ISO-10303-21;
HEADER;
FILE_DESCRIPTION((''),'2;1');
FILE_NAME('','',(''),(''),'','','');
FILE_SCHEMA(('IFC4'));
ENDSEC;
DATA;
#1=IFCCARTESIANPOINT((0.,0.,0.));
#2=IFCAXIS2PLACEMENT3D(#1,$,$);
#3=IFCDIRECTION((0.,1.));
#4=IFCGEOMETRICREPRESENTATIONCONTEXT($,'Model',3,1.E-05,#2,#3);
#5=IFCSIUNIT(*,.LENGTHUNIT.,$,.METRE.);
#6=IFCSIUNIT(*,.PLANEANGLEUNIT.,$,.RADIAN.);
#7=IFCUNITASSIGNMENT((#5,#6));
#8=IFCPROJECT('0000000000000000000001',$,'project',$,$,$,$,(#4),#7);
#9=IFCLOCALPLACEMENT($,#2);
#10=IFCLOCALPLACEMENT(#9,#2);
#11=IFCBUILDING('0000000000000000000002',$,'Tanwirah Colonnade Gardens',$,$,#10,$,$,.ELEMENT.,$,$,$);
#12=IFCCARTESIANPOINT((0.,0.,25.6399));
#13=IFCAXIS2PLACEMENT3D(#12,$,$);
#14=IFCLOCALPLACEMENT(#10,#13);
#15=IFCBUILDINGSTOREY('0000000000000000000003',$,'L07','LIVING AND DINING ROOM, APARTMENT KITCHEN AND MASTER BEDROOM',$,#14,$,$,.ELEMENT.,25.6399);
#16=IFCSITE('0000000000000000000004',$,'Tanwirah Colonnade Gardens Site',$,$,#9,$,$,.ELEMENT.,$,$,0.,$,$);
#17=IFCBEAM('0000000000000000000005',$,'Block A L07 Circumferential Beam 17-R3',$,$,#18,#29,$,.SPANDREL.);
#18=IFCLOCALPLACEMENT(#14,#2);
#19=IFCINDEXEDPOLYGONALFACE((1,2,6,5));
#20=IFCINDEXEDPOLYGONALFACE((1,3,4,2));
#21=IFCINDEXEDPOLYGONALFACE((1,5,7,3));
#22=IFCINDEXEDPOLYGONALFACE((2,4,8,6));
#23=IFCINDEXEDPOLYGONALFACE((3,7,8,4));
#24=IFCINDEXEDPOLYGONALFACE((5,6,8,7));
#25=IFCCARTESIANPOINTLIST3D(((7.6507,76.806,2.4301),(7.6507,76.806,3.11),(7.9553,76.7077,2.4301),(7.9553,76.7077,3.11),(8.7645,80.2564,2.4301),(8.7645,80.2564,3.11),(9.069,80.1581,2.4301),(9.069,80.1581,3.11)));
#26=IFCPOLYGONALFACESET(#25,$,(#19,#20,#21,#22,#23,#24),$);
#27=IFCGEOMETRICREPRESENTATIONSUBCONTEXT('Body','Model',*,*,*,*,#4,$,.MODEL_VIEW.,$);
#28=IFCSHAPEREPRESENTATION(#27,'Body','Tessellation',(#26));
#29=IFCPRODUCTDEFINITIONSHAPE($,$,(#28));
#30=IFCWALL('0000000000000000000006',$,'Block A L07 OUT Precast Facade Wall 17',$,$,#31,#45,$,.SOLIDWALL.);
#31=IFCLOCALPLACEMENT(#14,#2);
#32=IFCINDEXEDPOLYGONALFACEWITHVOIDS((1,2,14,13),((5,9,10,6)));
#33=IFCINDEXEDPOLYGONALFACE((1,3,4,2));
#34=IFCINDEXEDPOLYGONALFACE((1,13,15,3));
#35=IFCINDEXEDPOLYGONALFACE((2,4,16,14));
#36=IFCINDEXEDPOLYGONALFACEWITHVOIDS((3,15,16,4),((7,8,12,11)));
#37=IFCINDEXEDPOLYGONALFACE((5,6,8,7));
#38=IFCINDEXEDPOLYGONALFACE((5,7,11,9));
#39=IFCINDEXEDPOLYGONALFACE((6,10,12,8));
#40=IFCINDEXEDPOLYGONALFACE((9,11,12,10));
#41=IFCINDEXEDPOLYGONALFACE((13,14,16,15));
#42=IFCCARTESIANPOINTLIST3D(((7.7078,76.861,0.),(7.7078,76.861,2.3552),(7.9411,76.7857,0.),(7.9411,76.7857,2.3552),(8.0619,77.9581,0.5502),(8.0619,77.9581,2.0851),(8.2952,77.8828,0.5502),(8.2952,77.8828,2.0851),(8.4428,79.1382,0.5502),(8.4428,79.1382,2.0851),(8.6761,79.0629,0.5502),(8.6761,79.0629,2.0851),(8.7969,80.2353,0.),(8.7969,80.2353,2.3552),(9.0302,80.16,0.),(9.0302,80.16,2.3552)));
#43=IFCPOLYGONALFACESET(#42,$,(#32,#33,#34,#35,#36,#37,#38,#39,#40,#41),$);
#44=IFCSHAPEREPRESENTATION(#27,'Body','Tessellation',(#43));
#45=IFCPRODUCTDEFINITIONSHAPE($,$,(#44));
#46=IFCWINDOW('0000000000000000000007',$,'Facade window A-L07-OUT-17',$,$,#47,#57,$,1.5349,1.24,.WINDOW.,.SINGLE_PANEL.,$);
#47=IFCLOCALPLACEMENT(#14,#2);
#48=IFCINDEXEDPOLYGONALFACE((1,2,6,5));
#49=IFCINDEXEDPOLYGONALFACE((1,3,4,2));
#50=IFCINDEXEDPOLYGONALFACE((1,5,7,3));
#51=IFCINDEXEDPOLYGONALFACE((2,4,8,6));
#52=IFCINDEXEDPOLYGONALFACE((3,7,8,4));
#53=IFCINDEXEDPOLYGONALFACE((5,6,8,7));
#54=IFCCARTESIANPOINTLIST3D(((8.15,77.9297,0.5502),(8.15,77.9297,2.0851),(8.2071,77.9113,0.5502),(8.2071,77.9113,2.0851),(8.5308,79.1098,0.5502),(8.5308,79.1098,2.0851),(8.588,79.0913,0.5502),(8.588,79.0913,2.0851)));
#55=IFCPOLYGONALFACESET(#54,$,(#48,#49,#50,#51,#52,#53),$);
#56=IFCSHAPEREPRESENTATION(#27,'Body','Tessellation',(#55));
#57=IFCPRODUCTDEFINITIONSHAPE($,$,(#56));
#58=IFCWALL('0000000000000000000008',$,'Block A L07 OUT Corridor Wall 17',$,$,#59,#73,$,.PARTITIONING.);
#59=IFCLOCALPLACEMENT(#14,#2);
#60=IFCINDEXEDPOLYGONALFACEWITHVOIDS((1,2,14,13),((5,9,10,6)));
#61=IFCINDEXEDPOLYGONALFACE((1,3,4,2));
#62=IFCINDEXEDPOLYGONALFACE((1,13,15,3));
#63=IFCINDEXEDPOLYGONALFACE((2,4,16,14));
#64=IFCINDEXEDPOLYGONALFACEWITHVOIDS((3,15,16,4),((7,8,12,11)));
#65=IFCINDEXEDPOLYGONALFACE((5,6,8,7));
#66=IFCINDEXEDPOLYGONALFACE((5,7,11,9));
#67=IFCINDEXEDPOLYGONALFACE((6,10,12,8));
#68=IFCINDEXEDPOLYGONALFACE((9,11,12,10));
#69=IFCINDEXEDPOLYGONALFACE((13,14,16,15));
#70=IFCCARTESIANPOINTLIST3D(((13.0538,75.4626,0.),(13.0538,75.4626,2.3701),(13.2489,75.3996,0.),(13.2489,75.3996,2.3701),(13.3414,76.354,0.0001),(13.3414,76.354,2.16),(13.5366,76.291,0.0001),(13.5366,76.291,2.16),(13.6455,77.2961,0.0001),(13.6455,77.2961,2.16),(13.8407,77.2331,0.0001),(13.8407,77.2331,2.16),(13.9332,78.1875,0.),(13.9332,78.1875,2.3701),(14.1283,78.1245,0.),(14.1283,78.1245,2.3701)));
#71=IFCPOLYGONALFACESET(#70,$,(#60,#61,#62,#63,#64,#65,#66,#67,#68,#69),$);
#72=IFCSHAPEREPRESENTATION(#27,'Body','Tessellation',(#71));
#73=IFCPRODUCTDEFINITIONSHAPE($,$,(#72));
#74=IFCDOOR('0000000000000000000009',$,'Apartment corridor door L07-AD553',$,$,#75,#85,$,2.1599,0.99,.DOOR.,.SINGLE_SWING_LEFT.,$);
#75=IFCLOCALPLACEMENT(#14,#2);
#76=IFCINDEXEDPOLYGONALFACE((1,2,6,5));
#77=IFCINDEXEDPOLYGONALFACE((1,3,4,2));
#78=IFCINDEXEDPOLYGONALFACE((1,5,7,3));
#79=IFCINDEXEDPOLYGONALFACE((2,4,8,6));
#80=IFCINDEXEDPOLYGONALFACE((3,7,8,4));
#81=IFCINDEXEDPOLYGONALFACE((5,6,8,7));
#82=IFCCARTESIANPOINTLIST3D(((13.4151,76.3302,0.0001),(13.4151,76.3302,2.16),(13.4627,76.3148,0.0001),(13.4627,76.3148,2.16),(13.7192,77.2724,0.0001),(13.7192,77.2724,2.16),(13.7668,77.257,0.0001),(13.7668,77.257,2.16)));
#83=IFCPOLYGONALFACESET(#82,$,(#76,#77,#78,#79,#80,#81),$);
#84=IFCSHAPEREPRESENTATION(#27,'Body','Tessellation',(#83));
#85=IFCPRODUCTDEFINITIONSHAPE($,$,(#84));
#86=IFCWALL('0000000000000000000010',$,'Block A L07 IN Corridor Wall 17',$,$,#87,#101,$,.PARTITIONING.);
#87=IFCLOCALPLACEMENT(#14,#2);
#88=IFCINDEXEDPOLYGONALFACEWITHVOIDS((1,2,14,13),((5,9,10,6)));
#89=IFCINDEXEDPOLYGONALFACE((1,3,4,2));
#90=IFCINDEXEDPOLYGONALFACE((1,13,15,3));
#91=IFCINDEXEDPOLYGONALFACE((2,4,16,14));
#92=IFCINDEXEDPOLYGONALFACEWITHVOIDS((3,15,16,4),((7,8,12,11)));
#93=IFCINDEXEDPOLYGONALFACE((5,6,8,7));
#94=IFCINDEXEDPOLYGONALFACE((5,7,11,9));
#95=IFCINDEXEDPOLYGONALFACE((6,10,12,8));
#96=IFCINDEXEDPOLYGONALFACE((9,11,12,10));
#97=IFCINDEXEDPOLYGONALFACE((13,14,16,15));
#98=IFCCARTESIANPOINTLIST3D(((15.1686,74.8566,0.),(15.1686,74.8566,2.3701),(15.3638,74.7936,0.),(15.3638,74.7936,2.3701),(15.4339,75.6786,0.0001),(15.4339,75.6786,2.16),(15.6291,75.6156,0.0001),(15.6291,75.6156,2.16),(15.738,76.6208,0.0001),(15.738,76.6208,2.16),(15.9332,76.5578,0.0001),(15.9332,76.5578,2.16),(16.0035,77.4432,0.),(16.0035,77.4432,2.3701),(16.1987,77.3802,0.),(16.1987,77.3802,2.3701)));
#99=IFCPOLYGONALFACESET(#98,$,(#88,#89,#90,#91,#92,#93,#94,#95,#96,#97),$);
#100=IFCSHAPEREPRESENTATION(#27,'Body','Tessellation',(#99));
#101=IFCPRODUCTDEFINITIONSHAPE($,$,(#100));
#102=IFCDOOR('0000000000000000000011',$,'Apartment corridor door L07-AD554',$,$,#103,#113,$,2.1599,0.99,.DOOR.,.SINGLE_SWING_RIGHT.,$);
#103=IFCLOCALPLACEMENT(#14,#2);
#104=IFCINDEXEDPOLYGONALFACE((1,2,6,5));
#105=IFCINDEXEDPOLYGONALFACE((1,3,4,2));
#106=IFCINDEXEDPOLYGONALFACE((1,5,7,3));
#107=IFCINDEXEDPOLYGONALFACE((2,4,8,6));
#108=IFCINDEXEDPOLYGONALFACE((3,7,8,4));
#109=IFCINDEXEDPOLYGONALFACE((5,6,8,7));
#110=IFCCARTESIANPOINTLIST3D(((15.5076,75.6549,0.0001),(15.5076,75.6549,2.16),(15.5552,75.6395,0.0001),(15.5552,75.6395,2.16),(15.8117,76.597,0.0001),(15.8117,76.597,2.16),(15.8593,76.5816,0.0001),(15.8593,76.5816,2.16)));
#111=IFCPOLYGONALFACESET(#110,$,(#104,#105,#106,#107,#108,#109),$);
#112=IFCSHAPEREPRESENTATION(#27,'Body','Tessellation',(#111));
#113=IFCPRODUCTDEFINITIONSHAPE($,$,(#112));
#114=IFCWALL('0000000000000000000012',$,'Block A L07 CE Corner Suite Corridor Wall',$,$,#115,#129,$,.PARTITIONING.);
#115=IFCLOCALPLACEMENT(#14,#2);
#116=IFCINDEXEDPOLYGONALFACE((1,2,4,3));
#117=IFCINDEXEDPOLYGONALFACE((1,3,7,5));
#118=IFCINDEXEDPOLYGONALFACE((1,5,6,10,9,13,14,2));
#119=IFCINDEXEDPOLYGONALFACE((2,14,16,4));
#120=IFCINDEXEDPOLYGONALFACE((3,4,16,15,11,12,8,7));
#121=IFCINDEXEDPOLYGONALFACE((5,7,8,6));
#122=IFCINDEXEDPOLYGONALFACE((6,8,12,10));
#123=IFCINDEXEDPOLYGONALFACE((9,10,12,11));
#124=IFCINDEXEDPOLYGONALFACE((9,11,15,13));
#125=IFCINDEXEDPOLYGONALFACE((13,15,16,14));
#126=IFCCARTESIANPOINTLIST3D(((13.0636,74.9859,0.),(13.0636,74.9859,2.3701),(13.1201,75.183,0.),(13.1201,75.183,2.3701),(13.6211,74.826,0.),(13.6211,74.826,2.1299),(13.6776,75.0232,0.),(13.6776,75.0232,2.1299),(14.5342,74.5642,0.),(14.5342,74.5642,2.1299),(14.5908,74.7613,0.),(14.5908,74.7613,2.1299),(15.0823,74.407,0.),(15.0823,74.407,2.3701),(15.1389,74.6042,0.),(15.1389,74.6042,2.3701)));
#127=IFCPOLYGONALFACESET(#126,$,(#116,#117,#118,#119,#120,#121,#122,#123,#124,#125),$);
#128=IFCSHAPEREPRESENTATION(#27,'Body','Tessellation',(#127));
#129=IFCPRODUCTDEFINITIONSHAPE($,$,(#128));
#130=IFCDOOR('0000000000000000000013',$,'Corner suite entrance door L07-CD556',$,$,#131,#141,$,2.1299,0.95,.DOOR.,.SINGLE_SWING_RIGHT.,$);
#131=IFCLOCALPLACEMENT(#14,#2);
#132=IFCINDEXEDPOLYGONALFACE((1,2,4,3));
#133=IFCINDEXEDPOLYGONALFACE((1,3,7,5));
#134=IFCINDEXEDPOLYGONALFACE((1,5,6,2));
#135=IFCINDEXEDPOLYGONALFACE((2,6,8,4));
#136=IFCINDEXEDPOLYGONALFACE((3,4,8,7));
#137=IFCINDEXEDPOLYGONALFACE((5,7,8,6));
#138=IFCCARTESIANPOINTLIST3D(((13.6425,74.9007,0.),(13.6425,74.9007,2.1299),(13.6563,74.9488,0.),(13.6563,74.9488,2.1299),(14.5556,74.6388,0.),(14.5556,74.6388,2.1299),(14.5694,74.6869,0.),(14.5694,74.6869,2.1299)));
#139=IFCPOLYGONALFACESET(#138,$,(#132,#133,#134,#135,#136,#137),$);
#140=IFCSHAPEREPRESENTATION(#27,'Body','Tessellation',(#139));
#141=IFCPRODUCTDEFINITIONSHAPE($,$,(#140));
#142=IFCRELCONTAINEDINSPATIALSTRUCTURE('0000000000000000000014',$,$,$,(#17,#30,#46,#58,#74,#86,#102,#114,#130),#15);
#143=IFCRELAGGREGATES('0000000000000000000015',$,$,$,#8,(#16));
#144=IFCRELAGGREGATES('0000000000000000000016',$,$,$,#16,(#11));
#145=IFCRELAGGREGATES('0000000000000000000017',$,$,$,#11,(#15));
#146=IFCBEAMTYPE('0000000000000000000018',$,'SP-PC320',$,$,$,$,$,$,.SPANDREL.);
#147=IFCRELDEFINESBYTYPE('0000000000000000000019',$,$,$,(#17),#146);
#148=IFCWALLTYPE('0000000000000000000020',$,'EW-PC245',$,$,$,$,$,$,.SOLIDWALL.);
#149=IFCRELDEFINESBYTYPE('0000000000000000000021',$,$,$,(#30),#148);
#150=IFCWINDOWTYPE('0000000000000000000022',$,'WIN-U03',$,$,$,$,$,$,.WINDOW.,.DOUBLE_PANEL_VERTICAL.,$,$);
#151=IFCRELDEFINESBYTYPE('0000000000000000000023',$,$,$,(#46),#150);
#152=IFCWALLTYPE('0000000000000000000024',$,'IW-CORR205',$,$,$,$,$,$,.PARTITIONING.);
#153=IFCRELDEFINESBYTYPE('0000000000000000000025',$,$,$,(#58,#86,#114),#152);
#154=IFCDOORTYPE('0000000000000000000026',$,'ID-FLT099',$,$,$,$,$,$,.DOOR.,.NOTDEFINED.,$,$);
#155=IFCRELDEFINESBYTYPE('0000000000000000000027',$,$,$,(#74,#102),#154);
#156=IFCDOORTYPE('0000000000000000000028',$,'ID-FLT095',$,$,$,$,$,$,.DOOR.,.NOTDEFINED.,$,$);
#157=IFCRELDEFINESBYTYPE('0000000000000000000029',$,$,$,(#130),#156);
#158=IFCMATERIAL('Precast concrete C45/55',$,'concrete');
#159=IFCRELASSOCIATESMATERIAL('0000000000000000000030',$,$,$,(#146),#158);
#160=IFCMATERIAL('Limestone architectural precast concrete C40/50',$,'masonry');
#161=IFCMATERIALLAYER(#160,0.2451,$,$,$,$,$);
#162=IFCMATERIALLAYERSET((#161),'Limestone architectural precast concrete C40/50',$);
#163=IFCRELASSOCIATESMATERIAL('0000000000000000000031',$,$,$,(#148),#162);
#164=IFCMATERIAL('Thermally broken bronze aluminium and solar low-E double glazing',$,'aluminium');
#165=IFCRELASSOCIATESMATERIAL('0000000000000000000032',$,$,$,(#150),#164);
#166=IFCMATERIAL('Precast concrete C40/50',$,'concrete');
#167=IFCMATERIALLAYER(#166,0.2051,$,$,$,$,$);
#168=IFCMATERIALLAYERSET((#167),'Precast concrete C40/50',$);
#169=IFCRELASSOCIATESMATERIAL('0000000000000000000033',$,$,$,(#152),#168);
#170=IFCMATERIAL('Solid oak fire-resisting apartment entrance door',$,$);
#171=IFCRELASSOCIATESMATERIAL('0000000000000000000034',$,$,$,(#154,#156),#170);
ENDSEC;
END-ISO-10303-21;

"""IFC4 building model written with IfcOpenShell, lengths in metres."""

from ifc_helpers import new_model, si_unit, direction, frame, frame_2d, origin, origin_2d, place, context, subcontext, project, spatial, rectangle, extrude, material, layer, layer_set, material_profile, profile_set, type_object, element, fill, save


model = new_model("IFC4")

# Units and contexts
model_context = context("Model", 3, precision=1e-05, world=origin(), true_north=direction((0.0, 1.0)))
body_context = subcontext(model_context, "Body", "Model", "MODEL_VIEW")
ifc_project = project(units=[si_unit("LENGTHUNIT", "METRE"), si_unit("PLANEANGLEUNIT", "RADIAN")], contexts=[model_context])

# Site, building, storey
site_placement = place(None, origin())
site = spatial("IfcSite", under=ifc_project, at=site_placement, Name="Tanwirah Colonnade Gardens Site", CompositionType="ELEMENT", RefElevation=0.0)
building_placement = place(site_placement, origin())
building = spatial("IfcBuilding", under=site, at=building_placement, Name="Tanwirah Colonnade Gardens", CompositionType="ELEMENT")
storey_placement = place(building_placement, frame((0.0, 0.0, 25.6399)))
storey = spatial("IfcBuildingStorey", under=building, at=storey_placement, Name="L07", Description="LIVING AND DINING ROOM, APARTMENT KITCHEN AND MASTER BEDROOM", CompositionType="ELEMENT", Elevation=25.6399)

# Shared definitions
ifc_material_1 = material(Name="Precast concrete C40/50", Category="concrete")

# Beam
ifc_material_2 = material(Name="Precast concrete C45/55", Category="concrete")
ifc_material_profile_1 = material_profile(ifc_material_2, rectangle(XDim=0.3201, YDim=0.6799, at=origin_2d()), Name="PC-SP 320x680")
ifc_profile_set_1 = profile_set([ifc_material_profile_1], Name="Precast concrete C45/55")
beam_type_1 = type_object("IfcBeamType", Name="SP-PC320", PredefinedType="SPANDREL", material=ifc_profile_set_1)
beam_1_placement = place(storey_placement, frame((8.9167, 80.2073, 2.77), z_axis=(-0.307184, -0.95165, 0.0), x_axis=(0.95165, -0.307184, 0.0)))
element("IfcBeam", 1, at=beam_1_placement, inside=storey, type_object=beam_type_1, Name="Block A L07 Circumferential Beam 17-R3", PredefinedType="SPANDREL", context=body_context, shape_type="SweptSolid", body=[
    extrude(rectangle(XDim=0.3201, YDim=0.6799, at=origin_2d()), origin(), (0.0, 0.0, 1.0), 3.6257),
])

# Wall, opening, window
ifc_material_3 = material(Name="Limestone architectural precast concrete C40/50", Category="masonry")
ifc_layer_1 = layer(ifc_material_3, 0.2451)
ifc_layer_set_1 = layer_set([ifc_layer_1], Name="Limestone architectural precast concrete C40/50")
wall_type_1 = type_object("IfcWallType", Name="EW-PC245", PredefinedType="SOLIDWALL", material=ifc_layer_set_1)
wall_1_placement = place(storey_placement, frame((8.9136, 80.1978, 0.0), z_axis=(0.0, 0.0, 1.0), x_axis=(-0.307166, -0.951656, 0.0)))
wall_1 = element("IfcWall", 2, at=wall_1_placement, inside=storey, type_object=wall_type_1, Name="Block A L07 OUT Precast Facade Wall 17", PredefinedType="SOLIDWALL", context=body_context, shape_type="SweptSolid", body=[
    extrude(rectangle(XDim=3.5457, YDim=0.2451, at=frame_2d((1.7729, 0.0))), origin(), (0.0, 0.0, 1.0), 2.3552),
])
opening_1_placement = place(wall_1_placement, frame((1.1528, 0.0, 0.55)))
opening_1 = element("IfcOpeningElement", 3, at=opening_1_placement, cuts=wall_1, PredefinedType="OPENING", context=body_context, shape_type="SweptSolid", body=[
    extrude(rectangle(XDim=1.24, YDim=1.5349, at=frame_2d((0.6201, 0.7676))), frame((0.0, 0.1326, 0.0), z_axis=(0.0, -1.0, 0.0), x_axis=(1.0, 0.0, 0.0)), (0.0, 0.0, 1.0), 0.2651),
])
ifc_material_4 = material(Name="Thermally broken bronze aluminium and solar low-E double glazing", Category="aluminium")
window_type = type_object("IfcWindowType", Name="WIN-U03", PartitioningType="DOUBLE_PANEL_VERTICAL", PredefinedType="WINDOW", material=ifc_material_4)
window_placement = place(opening_1_placement, origin())
window = element("IfcWindow", 4, at=window_placement, inside=storey, type_object=window_type, Name="Facade window A-L07-OUT-17", OverallHeight=1.5349, OverallWidth=1.24, PartitioningType="SINGLE_PANEL", PredefinedType="WINDOW", context=body_context, shape_type="SweptSolid", body=[
    extrude(rectangle(XDim=1.24, YDim=1.5349, at=frame_2d((0.6201, 0.7676))), frame((0.0, 0.03, 0.0), z_axis=(0.0, -1.0, 0.0), x_axis=(1.0, 0.0, 0.0)), (0.0, 0.0, 1.0), 0.0601),
])
fill(opening_1, window)

# Walls, openings, doors
ifc_layer_2 = layer(ifc_material_1, 0.2051)
ifc_layer_set_2 = layer_set([ifc_layer_2], Name="Precast concrete C40/50")
wall_type_2 = type_object("IfcWallType", Name="IW-CORR205", PredefinedType="PARTITIONING", material=ifc_layer_set_2)
wall_2_placement = place(storey_placement, frame((14.0308, 78.156, 0.0), z_axis=(0.0, 0.0, 1.0), x_axis=(-0.307132, -0.951667, 0.0)))
wall_2 = element("IfcWall", 5, at=wall_2_placement, inside=storey, type_object=wall_type_2, Name="Block A L07 OUT Corridor Wall 17", PredefinedType="PARTITIONING", context=body_context, shape_type="SweptSolid", body=[
    extrude(rectangle(XDim=2.8633, YDim=0.2051, at=frame_2d((1.4316, 0.0))), origin(), (0.0, 0.0, 1.0), 2.3701),
])
opening_2_placement = place(wall_2_placement, frame((0.9365, 0.0, 0.0)))
opening_2 = element("IfcOpeningElement", 6, at=opening_2_placement, cuts=wall_2, PredefinedType="OPENING", context=body_context, shape_type="SweptSolid", body=[
    extrude(rectangle(XDim=0.99, YDim=2.1599, at=frame_2d((0.4951, 1.0801))), frame((0.0, 0.1125, 0.0), z_axis=(0.0, -1.0, 0.0), x_axis=(1.0, 0.0, 0.0)), (0.0, 0.0, 1.0), 0.2251),
])
ifc_material_5 = material(Name="Solid oak fire-resisting apartment entrance door")
door_type_1 = type_object("IfcDoorType", Name="ID-FLT099", OperationType="NOTDEFINED", PredefinedType="DOOR", material=ifc_material_5)
door_1_placement = place(opening_2_placement, origin())
door_1 = element("IfcDoor", 7, at=door_1_placement, inside=storey, type_object=door_type_1, Name="Apartment corridor door L07-AD553", OperationType="SINGLE_SWING_LEFT", OverallHeight=2.1599, OverallWidth=0.99, PredefinedType="DOOR", context=body_context, shape_type="SweptSolid", body=[
    extrude(rectangle(XDim=0.99, YDim=2.1599, at=frame_2d((0.4951, 1.0801))), frame((0.0, 0.0249, 0.0), z_axis=(0.0, -1.0, 0.0), x_axis=(1.0, 0.0, 0.0)), (0.0, 0.0, 1.0), 0.05),
])
fill(opening_2, door_1)
wall_3_placement = place(storey_placement, frame((16.1011, 77.4116, 0.0), z_axis=(0.0, 0.0, 1.0), x_axis=(-0.307186, -0.951649, 0.0)))
wall_3 = element("IfcWall", 8, at=wall_3_placement, inside=storey, type_object=wall_type_2, Name="Block A L07 IN Corridor Wall 17", PredefinedType="PARTITIONING", context=body_context, shape_type="SweptSolid", body=[
    extrude(rectangle(XDim=2.718, YDim=0.2051, at=frame_2d((1.3589, 0.0))), origin(), (0.0, 0.0, 1.0), 2.3701),
])
opening_3_placement = place(wall_3_placement, frame((0.864, 0.0, 0.0)))
opening_3 = element("IfcOpeningElement", 9, at=opening_3_placement, cuts=wall_3, PredefinedType="OPENING", context=body_context, shape_type="SweptSolid", body=[
    extrude(rectangle(XDim=0.99, YDim=2.1599, at=frame_2d((0.4951, 1.0801))), frame((0.0, 0.1125, 0.0), z_axis=(0.0, -1.0, 0.0), x_axis=(1.0, 0.0, 0.0)), (0.0, 0.0, 1.0), 0.2251),
])
door_2_placement = place(opening_3_placement, origin())
door_2 = element("IfcDoor", 10, at=door_2_placement, inside=storey, type_object=door_type_1, Name="Apartment corridor door L07-AD554", OperationType="SINGLE_SWING_RIGHT", OverallHeight=2.1599, OverallWidth=0.99, PredefinedType="DOOR", context=body_context, shape_type="SweptSolid", body=[
    extrude(rectangle(XDim=0.99, YDim=2.1599, at=frame_2d((0.4951, 1.0801))), frame((0.0, 0.0249, 0.0), z_axis=(0.0, -1.0, 0.0), x_axis=(1.0, 0.0, 0.0)), (0.0, 0.0, 1.0), 0.05),
])
fill(opening_3, door_2)
wall_4_placement = place(storey_placement, frame((15.1106, 74.5056, 0.0), z_axis=(0.0, 0.0, 1.0), x_axis=(-0.961265, 0.275627, 0.0)))
wall_4 = element("IfcWall", 11, at=wall_4_placement, inside=storey, type_object=wall_type_2, Name="Block A L07 CE Corner Suite Corridor Wall", PredefinedType="PARTITIONING", context=body_context, shape_type="SweptSolid", body=[
    extrude(rectangle(XDim=2.1001, YDim=0.2051, at=frame_2d((1.05, 0.0))), origin(), (0.0, 0.0, 1.0), 2.3701),
])
opening_4_placement = place(wall_4_placement, frame((0.5701, 0.0, 0.0)))
opening_4 = element("IfcOpeningElement", 12, at=opening_4_placement, cuts=wall_4, PredefinedType="OPENING", context=body_context, shape_type="SweptSolid", body=[
    extrude(rectangle(XDim=0.95, YDim=2.1299, at=frame_2d((0.4751, 1.0649))), frame((0.0, 0.1125, 0.0), z_axis=(0.0, -1.0, 0.0), x_axis=(1.0, 0.0, 0.0)), (0.0, 0.0, 1.0), 0.2251),
])
door_type_2 = type_object("IfcDoorType", Name="ID-FLT095", OperationType="NOTDEFINED", PredefinedType="DOOR", material=ifc_material_5)
door_3_placement = place(opening_4_placement, origin())
door_3 = element("IfcDoor", 13, at=door_3_placement, inside=storey, type_object=door_type_2, Name="Corner suite entrance door L07-CD556", OperationType="SINGLE_SWING_RIGHT", OverallHeight=2.1299, OverallWidth=0.95, PredefinedType="DOOR", context=body_context, shape_type="SweptSolid", body=[
    extrude(rectangle(XDim=0.95, YDim=2.1299, at=frame_2d((0.4751, 1.0649))), frame((0.0, 0.0249, 0.0), z_axis=(0.0, -1.0, 0.0), x_axis=(1.0, 0.0, 0.0)), (0.0, 0.0, 1.0), 0.05),
])
fill(opening_4, door_3)

save(model, "model.ifc")
